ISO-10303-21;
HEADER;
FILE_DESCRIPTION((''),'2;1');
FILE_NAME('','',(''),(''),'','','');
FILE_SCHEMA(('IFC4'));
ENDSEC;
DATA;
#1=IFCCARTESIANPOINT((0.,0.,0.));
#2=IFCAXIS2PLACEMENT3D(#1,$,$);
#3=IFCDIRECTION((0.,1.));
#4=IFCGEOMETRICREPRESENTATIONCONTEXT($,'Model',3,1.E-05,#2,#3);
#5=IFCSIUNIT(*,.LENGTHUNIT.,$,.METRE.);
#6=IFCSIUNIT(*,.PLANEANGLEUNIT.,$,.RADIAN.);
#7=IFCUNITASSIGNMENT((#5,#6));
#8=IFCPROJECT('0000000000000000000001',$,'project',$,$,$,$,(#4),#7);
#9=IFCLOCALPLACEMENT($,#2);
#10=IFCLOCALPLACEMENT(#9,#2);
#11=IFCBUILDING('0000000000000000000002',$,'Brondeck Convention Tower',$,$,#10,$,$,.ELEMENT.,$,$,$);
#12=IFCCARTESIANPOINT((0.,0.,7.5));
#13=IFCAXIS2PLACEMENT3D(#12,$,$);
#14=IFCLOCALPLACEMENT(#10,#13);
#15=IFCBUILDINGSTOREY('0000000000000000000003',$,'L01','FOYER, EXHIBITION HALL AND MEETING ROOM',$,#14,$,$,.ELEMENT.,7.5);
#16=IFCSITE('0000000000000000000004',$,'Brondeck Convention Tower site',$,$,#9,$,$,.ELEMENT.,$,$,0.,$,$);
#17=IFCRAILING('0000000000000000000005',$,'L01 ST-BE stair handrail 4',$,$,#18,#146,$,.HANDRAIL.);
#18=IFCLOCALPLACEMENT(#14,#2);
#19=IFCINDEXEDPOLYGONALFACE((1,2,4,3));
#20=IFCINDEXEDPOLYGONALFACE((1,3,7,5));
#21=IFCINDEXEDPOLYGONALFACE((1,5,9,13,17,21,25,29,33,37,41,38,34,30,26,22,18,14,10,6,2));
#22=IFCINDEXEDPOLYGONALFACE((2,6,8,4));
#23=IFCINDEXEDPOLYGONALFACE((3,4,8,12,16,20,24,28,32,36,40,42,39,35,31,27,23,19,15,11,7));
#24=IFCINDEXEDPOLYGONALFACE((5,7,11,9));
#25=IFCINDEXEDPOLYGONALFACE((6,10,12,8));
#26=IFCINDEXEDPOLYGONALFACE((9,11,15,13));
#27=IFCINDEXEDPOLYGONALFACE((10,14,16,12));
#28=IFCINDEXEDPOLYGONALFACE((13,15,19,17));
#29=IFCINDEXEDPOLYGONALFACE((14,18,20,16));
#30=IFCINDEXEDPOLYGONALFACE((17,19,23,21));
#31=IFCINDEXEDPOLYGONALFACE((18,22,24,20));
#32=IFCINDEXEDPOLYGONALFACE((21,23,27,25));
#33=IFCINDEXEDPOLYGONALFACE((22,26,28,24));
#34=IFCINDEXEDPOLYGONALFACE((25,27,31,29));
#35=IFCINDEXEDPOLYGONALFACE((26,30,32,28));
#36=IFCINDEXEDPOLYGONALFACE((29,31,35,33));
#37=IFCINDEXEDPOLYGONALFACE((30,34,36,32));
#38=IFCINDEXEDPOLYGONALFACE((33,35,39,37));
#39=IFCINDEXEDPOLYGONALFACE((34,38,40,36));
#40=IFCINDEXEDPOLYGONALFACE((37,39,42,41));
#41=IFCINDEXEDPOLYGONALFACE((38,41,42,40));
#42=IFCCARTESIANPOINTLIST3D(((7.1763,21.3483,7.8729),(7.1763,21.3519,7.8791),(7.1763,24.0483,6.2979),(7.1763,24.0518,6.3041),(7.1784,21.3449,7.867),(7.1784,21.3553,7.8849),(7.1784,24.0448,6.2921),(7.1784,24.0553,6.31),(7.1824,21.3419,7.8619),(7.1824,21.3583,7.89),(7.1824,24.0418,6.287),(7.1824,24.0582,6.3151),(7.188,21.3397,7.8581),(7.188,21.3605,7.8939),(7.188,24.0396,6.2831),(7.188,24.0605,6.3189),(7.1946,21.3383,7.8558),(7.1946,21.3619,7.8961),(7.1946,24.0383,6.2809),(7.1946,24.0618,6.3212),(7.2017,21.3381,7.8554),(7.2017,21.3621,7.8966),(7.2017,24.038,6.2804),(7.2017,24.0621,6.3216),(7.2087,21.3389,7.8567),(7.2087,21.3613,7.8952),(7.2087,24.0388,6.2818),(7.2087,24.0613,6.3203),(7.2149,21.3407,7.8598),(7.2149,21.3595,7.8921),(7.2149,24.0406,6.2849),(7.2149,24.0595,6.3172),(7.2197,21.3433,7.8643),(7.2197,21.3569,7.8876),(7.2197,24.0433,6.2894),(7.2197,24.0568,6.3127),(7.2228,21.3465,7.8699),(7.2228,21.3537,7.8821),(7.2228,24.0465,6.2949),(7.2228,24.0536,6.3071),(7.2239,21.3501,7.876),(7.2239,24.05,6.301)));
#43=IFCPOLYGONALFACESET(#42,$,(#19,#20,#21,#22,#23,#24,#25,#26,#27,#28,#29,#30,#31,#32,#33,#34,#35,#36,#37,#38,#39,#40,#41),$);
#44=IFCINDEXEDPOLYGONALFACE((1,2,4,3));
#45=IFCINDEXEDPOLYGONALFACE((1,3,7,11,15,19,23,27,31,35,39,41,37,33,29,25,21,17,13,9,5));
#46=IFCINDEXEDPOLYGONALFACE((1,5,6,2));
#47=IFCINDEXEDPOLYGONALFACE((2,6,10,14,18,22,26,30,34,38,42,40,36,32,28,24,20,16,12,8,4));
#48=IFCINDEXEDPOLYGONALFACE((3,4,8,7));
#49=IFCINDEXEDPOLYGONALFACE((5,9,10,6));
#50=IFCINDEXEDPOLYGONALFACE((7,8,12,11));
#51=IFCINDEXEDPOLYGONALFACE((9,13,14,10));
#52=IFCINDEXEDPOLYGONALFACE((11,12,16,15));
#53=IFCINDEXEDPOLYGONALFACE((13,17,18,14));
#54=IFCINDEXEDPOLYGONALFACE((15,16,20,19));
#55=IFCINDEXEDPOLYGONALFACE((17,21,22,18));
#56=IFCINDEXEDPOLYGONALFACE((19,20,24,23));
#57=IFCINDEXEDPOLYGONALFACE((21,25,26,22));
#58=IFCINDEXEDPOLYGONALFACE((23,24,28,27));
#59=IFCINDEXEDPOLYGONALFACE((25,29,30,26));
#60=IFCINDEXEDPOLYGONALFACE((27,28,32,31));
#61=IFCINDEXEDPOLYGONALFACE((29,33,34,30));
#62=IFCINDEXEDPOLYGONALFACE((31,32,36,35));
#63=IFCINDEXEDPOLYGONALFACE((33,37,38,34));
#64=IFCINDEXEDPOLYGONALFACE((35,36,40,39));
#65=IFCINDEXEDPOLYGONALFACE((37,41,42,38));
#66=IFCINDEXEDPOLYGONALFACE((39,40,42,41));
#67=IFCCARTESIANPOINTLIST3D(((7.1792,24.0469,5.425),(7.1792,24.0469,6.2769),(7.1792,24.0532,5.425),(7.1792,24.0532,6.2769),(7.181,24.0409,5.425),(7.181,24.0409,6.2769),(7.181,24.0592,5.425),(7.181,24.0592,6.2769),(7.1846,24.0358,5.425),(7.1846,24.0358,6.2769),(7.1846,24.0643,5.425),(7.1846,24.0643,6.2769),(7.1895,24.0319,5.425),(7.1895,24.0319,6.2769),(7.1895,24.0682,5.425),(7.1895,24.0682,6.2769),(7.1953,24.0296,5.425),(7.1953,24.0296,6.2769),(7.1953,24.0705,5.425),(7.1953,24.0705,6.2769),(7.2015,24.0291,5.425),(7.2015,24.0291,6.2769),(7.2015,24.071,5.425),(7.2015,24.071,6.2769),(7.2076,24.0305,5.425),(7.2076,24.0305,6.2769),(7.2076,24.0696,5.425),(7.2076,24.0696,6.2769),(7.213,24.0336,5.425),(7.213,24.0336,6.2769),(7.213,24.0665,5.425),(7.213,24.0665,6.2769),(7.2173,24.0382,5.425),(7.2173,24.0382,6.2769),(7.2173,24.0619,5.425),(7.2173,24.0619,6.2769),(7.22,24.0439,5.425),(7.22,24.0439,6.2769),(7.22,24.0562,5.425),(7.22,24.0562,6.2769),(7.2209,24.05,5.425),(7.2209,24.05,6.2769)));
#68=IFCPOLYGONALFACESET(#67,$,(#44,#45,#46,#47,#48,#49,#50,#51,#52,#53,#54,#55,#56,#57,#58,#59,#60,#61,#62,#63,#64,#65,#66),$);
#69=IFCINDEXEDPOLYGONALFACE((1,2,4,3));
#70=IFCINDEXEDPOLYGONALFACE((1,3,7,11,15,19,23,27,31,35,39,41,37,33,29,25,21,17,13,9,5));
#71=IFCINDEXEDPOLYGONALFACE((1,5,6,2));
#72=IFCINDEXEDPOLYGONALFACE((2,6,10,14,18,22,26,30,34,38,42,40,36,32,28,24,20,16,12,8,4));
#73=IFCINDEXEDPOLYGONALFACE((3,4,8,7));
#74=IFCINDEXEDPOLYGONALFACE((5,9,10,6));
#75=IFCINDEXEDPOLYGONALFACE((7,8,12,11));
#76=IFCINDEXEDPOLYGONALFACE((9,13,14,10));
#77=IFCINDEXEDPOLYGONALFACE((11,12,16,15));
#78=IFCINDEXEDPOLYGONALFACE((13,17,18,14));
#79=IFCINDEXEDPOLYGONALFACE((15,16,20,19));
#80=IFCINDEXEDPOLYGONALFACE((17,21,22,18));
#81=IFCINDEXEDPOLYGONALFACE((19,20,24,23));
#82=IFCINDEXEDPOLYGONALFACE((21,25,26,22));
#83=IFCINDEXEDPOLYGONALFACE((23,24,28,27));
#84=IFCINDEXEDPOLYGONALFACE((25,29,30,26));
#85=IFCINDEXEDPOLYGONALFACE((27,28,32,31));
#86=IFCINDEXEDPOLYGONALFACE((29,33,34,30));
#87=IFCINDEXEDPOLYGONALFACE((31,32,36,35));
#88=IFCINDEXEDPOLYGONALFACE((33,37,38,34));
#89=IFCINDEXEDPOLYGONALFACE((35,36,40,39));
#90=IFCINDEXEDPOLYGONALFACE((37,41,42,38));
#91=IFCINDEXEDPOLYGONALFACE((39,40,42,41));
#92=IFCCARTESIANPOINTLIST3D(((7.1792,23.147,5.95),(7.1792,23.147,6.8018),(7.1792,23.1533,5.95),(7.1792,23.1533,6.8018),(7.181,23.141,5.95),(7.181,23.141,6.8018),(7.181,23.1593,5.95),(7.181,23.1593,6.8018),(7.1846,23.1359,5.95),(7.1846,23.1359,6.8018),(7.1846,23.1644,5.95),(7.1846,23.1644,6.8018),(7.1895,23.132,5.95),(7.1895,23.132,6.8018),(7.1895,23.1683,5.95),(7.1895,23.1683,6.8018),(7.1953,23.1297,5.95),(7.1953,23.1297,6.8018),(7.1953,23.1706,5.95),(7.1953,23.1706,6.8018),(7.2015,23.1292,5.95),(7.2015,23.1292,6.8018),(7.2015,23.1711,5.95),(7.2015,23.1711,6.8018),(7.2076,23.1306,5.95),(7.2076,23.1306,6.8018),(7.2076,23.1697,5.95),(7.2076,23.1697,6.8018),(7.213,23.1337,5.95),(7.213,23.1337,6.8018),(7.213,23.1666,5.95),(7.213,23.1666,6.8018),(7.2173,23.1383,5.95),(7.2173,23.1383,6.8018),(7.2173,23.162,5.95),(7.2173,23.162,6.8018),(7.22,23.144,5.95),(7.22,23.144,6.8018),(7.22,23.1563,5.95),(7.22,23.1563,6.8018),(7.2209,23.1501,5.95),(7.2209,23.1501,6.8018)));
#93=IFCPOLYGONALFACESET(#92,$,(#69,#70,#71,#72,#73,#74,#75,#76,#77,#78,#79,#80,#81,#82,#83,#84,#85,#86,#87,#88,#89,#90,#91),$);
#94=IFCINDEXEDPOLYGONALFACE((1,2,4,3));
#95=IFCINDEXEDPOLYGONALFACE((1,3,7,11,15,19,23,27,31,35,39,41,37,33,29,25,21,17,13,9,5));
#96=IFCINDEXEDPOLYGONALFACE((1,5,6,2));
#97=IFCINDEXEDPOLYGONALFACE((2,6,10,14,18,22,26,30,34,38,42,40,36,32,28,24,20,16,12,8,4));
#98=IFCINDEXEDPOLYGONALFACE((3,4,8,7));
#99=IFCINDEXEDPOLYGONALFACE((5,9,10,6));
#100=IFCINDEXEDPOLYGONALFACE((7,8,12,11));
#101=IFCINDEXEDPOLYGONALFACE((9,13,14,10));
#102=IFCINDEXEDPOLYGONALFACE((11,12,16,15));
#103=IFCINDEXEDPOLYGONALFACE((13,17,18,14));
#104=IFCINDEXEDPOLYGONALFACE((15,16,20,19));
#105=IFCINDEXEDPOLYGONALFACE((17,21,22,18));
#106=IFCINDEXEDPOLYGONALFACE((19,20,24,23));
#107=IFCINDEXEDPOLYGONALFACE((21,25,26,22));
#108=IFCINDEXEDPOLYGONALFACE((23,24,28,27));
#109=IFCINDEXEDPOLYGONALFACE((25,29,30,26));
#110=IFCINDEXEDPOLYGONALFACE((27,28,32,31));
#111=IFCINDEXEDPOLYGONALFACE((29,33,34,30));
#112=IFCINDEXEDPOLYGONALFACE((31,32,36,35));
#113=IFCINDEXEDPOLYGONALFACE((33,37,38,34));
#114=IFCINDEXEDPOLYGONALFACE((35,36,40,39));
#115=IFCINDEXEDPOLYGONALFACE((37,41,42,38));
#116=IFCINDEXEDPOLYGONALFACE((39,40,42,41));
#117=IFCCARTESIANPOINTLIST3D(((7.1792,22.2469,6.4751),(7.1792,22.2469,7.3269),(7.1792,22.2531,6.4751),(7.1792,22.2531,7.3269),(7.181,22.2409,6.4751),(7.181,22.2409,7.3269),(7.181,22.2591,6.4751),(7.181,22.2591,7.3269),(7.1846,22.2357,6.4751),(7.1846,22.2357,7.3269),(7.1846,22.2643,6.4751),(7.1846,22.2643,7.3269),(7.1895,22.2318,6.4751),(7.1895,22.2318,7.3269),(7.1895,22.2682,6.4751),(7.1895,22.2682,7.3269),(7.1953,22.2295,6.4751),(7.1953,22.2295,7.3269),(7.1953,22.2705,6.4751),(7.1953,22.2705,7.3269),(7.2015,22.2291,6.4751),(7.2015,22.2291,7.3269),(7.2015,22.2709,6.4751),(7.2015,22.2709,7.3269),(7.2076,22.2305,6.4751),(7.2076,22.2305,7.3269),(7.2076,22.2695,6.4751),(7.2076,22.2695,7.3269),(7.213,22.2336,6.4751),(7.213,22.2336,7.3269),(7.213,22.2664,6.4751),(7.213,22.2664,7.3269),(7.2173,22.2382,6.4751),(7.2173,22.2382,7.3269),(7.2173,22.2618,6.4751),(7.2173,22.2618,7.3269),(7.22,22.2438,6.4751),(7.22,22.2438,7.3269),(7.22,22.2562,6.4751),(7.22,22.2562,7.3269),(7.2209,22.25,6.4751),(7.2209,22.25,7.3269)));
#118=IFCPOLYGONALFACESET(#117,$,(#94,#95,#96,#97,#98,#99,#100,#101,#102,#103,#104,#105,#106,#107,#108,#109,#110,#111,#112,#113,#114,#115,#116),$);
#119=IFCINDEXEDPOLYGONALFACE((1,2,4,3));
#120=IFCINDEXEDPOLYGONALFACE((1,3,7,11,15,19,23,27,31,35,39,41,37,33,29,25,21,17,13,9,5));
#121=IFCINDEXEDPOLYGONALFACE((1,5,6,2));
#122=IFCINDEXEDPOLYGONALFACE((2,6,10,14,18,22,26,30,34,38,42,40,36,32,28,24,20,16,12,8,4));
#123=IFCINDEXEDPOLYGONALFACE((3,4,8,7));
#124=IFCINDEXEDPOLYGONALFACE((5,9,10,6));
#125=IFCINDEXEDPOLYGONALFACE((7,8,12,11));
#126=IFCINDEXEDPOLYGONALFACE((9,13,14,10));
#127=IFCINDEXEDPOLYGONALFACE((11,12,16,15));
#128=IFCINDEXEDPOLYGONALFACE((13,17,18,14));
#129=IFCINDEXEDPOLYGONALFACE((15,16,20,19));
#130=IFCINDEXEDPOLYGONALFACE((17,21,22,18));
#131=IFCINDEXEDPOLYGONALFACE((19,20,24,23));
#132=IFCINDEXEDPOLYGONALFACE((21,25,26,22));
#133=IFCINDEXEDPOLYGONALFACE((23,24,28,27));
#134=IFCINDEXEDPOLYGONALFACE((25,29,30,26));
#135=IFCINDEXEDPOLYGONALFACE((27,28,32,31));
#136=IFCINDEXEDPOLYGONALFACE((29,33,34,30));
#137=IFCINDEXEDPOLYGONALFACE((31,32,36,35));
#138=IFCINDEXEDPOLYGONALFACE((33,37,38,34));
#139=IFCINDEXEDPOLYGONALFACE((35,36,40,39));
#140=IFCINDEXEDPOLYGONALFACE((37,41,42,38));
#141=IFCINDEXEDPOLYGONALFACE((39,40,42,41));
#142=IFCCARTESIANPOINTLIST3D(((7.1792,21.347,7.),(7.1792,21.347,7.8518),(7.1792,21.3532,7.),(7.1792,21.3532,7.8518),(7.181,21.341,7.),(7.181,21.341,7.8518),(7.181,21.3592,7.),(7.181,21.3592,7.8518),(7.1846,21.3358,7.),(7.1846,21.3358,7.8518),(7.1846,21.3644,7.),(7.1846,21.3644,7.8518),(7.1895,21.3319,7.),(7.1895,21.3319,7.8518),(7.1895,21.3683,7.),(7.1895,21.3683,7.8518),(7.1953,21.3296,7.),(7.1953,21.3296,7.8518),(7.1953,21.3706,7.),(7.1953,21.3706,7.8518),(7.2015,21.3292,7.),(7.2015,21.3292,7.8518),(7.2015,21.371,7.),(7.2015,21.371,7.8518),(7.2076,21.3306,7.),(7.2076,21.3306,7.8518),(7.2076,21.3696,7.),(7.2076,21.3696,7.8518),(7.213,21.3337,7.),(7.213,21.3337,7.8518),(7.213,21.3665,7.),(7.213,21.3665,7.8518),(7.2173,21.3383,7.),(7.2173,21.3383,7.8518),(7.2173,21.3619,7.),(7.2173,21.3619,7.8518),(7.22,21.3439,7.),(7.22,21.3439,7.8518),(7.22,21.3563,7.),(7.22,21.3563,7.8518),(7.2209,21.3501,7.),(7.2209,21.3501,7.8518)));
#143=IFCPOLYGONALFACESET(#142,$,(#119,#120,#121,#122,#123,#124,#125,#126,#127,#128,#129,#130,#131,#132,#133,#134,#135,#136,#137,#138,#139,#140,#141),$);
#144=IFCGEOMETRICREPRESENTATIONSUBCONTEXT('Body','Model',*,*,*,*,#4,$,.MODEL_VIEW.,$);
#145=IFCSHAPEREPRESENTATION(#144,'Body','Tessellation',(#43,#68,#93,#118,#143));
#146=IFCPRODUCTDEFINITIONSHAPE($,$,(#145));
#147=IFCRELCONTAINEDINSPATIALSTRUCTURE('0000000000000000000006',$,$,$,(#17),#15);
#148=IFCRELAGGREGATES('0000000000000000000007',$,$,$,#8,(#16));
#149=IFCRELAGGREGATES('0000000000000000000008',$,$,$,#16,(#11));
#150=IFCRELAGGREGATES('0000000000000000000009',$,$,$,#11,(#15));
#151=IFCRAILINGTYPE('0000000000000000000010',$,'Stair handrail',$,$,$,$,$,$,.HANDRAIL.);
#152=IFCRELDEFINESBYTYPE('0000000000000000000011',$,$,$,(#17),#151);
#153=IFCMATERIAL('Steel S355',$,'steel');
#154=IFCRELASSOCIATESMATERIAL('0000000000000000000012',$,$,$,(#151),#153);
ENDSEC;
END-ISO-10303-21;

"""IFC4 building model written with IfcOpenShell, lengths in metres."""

from ifc_helpers import new_model, si_unit, direction, frame, origin, origin_2d, place, context, subcontext, project, spatial, circle, extrude, material, type_object, element, save


model = new_model("IFC4")

# Units and contexts
model_context = context("Model", 3, precision=1e-05, world=origin(), true_north=direction((0.0, 1.0)))
body_context = subcontext(model_context, "Body", "Model", "MODEL_VIEW")
ifc_project = project(units=[si_unit("LENGTHUNIT", "METRE"), si_unit("PLANEANGLEUNIT", "RADIAN")], contexts=[model_context])

# Site, building, storey
site_placement = place(None, origin())
site = spatial("IfcSite", under=ifc_project, at=site_placement, Name="Brondeck Convention Tower site", CompositionType="ELEMENT", RefElevation=0.0)
building_placement = place(site_placement, origin())
building = spatial("IfcBuilding", under=site, at=building_placement, Name="Brondeck Convention Tower", CompositionType="ELEMENT")
storey_placement = place(building_placement, frame((0.0, 0.0, 7.5)))
storey = spatial("IfcBuildingStorey", under=building, at=storey_placement, Name="L01", Description="FOYER, EXHIBITION HALL AND MEETING ROOM", CompositionType="ELEMENT", Elevation=7.5)

# Shared definitions
ifc_material_1 = material(Name="Steel S355", Category="steel")

# Railing
railing_type_1 = type_object("IfcRailingType", Name="Stair handrail", PredefinedType="HANDRAIL", material=ifc_material_1)
railing_1_placement = place(storey_placement, frame((7.2, 24.05, 5.425)))
element("IfcRailing", 1, at=railing_1_placement, inside=storey, type_object=railing_type_1, Name="L01 ST-BE stair handrail 4", PredefinedType="HANDRAIL", context=body_context, shape_type="SweptSolid", body=[
    extrude(circle(Radius=0.0239, at=origin_2d()), frame((0.0, 0.0, 0.876), z_axis=(0.0, -0.863782, 0.503866), x_axis=(1.0, 0.0, 0.0)), (0.0, 0.0, 1.0), 3.1257),
    extrude(circle(Radius=0.021, at=origin_2d()), origin(), (0.0, 0.0, 1.0), 0.8518),
    extrude(circle(Radius=0.021, at=origin_2d()), frame((0.0, -0.8999, 0.5249)), (0.0, 0.0, 1.0), 0.8518),
    extrude(circle(Radius=0.021, at=origin_2d()), frame((0.0, -1.8, 1.05)), (0.0, 0.0, 1.0), 0.8518),
    extrude(circle(Radius=0.021, at=origin_2d()), frame((0.0, -2.7, 1.575)), (0.0, 0.0, 1.0), 0.8518),
])

save(model, "model.ifc")
